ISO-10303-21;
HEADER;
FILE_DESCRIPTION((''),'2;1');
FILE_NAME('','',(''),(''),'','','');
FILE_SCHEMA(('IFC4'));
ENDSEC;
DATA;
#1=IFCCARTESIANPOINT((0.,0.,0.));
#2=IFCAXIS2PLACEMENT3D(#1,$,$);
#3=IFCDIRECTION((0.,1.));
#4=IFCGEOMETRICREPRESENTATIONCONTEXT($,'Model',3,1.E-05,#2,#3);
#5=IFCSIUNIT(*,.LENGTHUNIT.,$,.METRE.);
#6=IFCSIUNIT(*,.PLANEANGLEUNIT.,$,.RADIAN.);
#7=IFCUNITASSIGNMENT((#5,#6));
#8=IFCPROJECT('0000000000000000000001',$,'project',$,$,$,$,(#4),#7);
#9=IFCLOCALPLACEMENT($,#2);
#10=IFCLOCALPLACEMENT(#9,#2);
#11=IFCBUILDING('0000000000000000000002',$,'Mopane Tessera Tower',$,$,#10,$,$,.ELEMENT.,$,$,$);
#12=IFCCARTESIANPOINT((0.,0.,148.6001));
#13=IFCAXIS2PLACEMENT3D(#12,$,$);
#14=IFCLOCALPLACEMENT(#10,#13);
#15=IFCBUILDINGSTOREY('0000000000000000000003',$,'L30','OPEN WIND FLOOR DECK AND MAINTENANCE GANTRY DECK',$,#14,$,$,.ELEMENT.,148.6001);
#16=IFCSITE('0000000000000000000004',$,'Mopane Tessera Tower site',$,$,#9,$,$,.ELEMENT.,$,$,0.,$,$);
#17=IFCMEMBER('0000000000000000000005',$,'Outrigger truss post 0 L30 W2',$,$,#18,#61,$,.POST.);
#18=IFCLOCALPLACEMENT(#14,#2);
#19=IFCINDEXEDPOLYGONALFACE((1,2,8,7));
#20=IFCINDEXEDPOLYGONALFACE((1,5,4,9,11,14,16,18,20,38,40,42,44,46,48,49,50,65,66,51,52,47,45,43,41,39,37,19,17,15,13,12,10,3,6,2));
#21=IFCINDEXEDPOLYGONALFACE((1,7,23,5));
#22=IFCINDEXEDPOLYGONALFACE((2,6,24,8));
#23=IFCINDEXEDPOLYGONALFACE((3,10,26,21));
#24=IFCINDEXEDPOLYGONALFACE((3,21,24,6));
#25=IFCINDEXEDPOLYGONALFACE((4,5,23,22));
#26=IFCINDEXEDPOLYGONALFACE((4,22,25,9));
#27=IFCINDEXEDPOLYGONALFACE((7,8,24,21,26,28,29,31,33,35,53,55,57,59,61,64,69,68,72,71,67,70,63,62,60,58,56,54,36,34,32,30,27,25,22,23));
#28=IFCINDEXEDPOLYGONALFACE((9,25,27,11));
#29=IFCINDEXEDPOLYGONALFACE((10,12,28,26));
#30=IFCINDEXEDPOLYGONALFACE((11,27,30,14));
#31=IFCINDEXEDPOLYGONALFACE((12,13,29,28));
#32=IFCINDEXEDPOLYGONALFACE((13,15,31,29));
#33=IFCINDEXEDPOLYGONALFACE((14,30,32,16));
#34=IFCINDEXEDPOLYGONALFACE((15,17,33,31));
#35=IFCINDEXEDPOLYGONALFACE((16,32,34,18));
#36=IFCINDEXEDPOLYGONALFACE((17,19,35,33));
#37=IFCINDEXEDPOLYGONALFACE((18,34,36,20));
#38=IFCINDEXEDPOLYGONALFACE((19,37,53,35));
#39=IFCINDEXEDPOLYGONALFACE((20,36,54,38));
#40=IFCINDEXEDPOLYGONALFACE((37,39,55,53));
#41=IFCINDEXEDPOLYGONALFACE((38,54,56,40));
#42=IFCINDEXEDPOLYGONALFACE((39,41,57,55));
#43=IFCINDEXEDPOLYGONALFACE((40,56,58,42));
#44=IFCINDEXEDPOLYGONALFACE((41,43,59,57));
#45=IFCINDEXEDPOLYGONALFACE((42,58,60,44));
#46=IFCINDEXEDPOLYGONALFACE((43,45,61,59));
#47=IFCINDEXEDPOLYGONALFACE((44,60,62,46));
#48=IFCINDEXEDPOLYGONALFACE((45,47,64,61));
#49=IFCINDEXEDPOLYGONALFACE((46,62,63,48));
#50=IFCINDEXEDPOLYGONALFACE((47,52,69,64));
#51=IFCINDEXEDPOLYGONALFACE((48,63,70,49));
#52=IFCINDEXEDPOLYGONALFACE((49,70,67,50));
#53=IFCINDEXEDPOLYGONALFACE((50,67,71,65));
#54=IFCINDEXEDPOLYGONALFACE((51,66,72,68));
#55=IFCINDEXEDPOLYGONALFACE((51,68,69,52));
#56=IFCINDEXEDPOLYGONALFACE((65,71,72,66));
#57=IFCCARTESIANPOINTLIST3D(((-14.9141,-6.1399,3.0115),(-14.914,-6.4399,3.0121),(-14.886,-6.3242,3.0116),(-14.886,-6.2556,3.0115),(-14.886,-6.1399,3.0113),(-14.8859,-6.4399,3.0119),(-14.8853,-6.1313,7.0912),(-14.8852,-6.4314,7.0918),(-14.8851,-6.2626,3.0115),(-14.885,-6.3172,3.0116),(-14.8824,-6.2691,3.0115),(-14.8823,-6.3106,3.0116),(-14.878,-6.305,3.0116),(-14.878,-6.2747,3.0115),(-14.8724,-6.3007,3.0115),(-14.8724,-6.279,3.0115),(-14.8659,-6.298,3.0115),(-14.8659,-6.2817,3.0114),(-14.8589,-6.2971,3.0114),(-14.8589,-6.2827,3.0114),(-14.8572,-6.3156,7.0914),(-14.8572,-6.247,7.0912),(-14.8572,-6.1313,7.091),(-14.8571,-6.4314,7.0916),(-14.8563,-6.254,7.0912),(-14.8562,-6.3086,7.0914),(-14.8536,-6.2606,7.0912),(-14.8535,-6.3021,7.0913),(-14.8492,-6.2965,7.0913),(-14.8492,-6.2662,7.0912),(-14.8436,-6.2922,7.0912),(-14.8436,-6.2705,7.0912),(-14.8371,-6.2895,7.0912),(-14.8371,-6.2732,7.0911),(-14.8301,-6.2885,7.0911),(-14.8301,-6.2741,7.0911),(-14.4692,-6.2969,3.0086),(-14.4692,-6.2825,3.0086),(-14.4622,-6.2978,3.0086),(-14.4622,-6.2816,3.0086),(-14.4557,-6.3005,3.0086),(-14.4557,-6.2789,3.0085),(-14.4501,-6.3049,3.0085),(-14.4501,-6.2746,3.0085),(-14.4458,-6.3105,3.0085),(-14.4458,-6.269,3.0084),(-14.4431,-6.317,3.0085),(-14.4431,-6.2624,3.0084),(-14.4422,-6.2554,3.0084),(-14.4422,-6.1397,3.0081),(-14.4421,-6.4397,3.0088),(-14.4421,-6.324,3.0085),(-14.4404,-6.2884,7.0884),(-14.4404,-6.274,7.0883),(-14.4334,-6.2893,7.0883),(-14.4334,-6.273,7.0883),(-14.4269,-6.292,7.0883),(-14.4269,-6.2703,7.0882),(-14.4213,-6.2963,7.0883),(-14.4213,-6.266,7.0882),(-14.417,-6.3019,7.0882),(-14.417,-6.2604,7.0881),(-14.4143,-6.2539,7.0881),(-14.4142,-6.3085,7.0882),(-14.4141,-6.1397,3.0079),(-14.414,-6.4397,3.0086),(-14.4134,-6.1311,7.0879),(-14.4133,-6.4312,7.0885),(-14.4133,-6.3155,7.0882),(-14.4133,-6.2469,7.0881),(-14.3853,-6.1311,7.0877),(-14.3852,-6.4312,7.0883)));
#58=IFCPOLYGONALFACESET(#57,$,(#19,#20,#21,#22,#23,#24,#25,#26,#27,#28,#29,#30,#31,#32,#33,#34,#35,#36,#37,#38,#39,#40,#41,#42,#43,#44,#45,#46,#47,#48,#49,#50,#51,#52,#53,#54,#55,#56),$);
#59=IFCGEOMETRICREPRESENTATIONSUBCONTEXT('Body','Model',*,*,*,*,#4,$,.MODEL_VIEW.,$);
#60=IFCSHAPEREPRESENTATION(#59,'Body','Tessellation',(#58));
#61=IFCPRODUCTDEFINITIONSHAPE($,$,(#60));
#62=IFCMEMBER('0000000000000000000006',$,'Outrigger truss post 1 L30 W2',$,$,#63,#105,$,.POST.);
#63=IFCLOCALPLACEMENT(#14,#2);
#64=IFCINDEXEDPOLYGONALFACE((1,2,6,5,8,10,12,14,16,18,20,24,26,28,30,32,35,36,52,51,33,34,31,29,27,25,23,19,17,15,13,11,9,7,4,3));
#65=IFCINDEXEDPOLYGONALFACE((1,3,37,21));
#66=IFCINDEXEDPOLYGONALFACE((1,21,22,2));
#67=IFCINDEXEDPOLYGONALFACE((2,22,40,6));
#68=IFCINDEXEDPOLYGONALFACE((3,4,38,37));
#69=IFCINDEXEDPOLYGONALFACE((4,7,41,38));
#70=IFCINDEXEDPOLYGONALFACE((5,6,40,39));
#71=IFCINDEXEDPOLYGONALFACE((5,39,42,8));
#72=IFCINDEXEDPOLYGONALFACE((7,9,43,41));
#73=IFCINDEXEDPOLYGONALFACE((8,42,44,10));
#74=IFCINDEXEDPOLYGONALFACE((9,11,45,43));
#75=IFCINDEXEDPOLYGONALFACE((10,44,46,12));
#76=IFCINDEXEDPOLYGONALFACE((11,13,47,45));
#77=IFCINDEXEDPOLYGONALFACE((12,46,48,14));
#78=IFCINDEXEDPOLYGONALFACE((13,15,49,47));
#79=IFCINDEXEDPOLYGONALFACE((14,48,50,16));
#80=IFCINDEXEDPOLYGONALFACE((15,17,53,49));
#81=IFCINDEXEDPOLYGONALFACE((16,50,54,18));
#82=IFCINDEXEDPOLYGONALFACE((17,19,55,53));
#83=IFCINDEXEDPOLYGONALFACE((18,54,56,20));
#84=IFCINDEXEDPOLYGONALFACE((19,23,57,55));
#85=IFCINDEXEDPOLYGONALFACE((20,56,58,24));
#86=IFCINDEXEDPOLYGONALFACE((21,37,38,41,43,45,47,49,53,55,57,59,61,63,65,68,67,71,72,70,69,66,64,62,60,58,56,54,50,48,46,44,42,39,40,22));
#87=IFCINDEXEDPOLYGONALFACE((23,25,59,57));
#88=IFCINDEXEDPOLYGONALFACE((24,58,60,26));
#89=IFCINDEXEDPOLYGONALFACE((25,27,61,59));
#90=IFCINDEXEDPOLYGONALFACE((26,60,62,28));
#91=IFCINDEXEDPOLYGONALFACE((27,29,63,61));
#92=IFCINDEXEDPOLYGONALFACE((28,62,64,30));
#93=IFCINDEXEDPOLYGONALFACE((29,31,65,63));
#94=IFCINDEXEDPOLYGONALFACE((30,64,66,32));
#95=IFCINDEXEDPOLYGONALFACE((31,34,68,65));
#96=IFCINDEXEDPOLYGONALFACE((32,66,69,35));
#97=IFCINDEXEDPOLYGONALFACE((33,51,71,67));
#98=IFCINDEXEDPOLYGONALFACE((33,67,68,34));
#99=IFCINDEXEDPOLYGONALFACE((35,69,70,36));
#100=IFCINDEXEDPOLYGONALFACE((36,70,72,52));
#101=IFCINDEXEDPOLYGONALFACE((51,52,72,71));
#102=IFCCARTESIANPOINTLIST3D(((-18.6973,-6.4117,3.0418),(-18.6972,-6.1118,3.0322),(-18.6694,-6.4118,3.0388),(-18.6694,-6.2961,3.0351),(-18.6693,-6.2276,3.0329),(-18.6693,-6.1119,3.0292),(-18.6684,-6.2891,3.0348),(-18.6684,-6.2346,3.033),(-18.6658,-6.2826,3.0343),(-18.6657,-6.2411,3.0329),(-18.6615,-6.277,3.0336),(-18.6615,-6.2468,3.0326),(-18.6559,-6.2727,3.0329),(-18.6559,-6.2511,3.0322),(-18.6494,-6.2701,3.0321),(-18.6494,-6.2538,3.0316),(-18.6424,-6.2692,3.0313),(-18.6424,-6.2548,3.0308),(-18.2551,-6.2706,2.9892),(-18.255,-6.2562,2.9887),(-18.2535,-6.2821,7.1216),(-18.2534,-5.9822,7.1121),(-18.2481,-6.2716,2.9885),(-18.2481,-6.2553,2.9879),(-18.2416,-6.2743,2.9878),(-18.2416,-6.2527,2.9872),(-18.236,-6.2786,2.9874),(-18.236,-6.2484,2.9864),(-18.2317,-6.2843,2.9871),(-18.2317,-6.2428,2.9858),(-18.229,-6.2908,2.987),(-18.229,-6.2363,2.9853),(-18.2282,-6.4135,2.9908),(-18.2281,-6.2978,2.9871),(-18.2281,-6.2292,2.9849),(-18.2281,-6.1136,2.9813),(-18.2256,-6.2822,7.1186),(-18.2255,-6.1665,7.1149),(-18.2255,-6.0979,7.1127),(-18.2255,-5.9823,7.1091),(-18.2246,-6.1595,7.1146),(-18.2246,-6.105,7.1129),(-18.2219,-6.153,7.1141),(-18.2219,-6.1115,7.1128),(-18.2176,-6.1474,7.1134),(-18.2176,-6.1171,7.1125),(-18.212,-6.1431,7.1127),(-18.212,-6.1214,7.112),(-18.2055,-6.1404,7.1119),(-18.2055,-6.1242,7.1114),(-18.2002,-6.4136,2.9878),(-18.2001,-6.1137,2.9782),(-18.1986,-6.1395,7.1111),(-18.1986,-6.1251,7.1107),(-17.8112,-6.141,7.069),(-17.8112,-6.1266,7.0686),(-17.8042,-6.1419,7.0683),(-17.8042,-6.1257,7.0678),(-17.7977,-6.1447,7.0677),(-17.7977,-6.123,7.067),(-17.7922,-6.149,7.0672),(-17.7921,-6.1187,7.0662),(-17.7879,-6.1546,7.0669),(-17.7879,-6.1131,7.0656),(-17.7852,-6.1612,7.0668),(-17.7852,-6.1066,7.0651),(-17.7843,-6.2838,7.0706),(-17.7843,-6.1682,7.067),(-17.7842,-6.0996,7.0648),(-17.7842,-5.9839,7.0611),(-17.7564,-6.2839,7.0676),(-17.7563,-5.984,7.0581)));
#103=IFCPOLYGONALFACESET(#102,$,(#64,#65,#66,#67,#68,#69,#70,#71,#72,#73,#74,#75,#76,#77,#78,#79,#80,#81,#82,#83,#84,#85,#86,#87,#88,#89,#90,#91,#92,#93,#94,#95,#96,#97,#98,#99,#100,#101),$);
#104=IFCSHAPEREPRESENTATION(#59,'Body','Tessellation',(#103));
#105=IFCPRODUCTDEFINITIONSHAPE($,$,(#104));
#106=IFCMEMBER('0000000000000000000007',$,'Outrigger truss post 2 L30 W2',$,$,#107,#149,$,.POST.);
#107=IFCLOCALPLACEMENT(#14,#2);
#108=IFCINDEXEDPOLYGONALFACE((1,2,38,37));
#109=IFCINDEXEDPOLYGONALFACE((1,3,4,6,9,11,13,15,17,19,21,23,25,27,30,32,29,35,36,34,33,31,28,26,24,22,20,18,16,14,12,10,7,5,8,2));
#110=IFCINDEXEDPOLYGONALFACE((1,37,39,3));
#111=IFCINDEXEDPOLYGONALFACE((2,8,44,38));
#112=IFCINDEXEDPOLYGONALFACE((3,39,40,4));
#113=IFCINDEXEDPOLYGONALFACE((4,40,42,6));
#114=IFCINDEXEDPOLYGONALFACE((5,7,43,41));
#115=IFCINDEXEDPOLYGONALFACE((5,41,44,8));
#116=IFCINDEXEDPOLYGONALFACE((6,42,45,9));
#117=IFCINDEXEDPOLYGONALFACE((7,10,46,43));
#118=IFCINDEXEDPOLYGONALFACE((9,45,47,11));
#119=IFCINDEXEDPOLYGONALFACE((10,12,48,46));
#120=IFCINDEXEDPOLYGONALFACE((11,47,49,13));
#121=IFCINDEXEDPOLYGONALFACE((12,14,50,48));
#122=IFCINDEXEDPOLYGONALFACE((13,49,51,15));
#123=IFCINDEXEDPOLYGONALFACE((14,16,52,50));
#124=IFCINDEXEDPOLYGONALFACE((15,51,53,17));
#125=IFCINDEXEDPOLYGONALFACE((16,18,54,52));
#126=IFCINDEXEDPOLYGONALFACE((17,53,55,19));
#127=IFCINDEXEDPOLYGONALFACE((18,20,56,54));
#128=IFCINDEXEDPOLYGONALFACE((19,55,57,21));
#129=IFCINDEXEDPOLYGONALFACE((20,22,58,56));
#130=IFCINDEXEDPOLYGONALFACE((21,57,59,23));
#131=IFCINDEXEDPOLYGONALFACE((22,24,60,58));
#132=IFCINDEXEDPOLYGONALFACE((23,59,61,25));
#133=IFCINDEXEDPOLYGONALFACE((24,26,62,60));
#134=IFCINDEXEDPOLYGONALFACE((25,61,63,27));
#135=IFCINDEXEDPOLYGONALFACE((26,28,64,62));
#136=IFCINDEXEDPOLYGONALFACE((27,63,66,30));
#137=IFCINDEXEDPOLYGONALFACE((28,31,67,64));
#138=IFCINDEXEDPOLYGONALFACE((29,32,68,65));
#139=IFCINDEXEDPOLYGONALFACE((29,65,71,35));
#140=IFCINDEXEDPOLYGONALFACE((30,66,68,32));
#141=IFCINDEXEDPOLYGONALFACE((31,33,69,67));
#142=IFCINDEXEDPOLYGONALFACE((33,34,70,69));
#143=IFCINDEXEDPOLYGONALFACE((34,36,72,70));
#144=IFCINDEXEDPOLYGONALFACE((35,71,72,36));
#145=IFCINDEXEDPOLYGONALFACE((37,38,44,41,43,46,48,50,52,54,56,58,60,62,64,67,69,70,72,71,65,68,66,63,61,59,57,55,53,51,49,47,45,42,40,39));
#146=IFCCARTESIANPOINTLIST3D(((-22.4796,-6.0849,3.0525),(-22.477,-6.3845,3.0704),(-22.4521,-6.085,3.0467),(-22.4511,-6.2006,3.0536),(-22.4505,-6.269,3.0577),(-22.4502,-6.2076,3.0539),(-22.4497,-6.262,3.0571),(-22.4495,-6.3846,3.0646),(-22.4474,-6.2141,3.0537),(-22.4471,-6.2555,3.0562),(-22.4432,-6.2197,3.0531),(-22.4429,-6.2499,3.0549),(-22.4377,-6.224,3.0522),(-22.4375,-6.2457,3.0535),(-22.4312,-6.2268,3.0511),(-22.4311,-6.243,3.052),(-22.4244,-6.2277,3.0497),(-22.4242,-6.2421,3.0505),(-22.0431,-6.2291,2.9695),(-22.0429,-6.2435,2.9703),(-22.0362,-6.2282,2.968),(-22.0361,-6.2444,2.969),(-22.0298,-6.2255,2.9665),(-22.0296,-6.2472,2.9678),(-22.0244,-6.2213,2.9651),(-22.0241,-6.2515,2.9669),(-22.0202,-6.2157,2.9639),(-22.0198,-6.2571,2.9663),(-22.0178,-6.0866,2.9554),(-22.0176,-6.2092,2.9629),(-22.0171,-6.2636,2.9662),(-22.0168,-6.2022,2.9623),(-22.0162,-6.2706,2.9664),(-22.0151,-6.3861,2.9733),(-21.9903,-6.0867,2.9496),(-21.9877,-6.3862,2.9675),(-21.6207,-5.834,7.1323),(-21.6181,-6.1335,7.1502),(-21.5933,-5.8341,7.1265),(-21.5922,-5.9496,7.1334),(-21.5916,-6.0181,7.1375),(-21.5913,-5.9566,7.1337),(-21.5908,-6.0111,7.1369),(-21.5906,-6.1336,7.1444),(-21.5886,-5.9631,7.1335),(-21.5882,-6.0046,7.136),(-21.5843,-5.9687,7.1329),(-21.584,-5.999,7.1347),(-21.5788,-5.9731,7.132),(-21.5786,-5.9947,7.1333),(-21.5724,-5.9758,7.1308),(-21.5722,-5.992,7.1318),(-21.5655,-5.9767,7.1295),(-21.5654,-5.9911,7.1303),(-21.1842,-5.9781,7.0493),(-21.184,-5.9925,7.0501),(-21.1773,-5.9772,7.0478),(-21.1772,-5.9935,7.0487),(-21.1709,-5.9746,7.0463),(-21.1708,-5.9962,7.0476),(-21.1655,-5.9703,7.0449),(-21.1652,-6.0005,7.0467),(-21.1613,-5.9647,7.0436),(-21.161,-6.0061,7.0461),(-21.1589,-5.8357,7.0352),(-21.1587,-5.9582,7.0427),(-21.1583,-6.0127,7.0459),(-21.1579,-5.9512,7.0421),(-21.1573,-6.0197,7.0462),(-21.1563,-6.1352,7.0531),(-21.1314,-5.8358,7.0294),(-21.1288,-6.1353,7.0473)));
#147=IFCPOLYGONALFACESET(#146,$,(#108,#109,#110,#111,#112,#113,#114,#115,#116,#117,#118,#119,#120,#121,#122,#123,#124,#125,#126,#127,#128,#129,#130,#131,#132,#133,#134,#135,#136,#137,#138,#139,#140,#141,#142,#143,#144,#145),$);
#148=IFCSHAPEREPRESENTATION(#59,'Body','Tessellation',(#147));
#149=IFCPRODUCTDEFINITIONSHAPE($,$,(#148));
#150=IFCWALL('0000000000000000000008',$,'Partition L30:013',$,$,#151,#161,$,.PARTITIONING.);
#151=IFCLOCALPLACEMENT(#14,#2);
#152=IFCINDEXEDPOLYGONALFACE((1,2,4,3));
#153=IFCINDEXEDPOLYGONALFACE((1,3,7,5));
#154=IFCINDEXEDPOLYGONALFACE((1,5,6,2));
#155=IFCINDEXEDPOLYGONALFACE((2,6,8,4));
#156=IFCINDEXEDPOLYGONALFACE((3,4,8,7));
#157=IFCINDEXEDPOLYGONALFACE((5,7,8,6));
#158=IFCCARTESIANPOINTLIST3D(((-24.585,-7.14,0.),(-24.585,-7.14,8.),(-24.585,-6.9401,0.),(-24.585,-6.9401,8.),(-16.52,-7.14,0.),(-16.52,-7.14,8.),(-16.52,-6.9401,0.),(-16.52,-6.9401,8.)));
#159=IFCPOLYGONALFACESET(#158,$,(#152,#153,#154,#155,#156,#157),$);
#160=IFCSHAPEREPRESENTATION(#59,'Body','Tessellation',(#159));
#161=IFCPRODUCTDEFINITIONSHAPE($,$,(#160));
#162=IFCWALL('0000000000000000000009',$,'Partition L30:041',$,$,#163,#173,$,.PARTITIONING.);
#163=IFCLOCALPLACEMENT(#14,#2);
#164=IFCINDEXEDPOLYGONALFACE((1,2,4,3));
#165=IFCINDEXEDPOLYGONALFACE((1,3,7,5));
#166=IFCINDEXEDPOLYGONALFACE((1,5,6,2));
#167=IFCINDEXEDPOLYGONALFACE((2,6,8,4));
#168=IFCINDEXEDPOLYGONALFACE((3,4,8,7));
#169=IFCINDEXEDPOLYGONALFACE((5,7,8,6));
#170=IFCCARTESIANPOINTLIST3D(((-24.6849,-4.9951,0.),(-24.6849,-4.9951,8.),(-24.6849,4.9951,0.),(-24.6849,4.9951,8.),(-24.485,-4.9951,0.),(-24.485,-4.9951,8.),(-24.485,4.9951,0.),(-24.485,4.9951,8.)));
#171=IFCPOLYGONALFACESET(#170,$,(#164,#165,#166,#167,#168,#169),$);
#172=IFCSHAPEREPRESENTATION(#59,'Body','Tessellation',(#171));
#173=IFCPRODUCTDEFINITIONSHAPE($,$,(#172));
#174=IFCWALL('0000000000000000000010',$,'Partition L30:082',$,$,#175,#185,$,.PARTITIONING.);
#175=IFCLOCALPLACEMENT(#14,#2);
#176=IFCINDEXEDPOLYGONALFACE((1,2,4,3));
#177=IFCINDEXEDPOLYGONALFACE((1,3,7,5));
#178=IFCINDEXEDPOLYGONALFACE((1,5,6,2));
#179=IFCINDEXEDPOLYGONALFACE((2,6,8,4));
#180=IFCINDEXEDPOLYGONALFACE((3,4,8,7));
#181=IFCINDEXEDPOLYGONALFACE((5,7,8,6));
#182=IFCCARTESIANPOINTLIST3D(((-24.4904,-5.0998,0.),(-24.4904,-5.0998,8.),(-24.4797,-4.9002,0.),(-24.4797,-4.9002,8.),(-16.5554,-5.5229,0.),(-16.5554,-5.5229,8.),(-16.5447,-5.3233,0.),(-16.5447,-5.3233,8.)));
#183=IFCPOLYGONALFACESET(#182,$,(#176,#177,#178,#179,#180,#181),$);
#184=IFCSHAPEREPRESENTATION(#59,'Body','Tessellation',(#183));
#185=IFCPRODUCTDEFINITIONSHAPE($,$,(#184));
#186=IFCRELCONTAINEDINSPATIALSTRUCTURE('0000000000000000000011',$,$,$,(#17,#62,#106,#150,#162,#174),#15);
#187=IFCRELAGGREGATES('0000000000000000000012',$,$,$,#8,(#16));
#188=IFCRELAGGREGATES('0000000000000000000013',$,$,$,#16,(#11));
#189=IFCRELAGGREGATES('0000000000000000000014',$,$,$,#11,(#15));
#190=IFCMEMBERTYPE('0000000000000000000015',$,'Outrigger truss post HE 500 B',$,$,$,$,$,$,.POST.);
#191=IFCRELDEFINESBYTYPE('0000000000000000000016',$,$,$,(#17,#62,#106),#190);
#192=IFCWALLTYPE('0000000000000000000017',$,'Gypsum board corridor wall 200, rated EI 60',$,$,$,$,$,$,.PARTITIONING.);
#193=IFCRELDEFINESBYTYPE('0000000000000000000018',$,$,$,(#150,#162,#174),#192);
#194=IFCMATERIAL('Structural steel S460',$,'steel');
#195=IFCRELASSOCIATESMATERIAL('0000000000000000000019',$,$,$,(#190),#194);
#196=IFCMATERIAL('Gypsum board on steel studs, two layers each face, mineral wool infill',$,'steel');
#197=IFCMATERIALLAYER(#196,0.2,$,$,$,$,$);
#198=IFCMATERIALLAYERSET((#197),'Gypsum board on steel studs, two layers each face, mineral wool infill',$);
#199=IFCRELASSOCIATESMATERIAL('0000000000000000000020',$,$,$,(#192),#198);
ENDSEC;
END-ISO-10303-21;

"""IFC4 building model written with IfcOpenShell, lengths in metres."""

from ifc_helpers import new_model, si_unit, direction, frame, frame_2d, origin, origin_2d, place, context, subcontext, project, spatial, rectangle, i_section, extrude, material, layer, layer_set, material_profile, profile_set, type_object, element, save


model = new_model("IFC4")

# Units and contexts
model_context = context("Model", 3, precision=1e-05, world=origin(), true_north=direction((0.0, 1.0)))
body_context = subcontext(model_context, "Body", "Model", "MODEL_VIEW")
ifc_project = project(units=[si_unit("LENGTHUNIT", "METRE"), si_unit("PLANEANGLEUNIT", "RADIAN")], contexts=[model_context])

# Site, building, storey
site_placement = place(None, origin())
site = spatial("IfcSite", under=ifc_project, at=site_placement, Name="Mopane Tessera Tower site", CompositionType="ELEMENT", RefElevation=0.0)
building_placement = place(site_placement, origin())
building = spatial("IfcBuilding", under=site, at=building_placement, Name="Mopane Tessera Tower", CompositionType="ELEMENT")
storey_placement = place(building_placement, frame((0.0, 0.0, 148.6001)))
storey = spatial("IfcBuildingStorey", under=building, at=storey_placement, Name="L30", Description="OPEN WIND FLOOR DECK AND MAINTENANCE GANTRY DECK", CompositionType="ELEMENT", Elevation=148.6001)

# Members
ifc_material_1 = material(Name="Structural steel S460", Category="steel")
ifc_material_profile_1 = material_profile(ifc_material_1, i_section(OverallWidth=0.3, OverallDepth=0.5, WebThickness=0.0144, FlangeThickness=0.0281, FilletRadius=0.0271, at=origin_2d()))
ifc_profile_set_1 = profile_set([ifc_material_profile_1], Name="Structural steel S460")
member_type_1 = type_object("IfcMemberType", Name="Outrigger truss post HE 500 B", PredefinedType="POST", material=ifc_profile_set_1)
member_1_placement = place(storey_placement, frame((-14.6641, -6.2898, 3.01), z_axis=(0.007061, 0.002094, 0.999973), x_axis=(0.000396, -0.999998, 0.002092)))
element("IfcMember", 1, at=member_1_placement, inside=storey, type_object=member_type_1, Name="Outrigger truss post 0 L30 W2", PredefinedType="POST", context=body_context, shape_type="SweptSolid", body=[
    extrude(i_section(OverallWidth=0.3, OverallDepth=0.5, WebThickness=0.0144, FlangeThickness=0.0281, FilletRadius=0.0271, at=origin_2d()), origin(), (0.0, 0.0, 1.0), 4.0798),
])
member_2_placement = place(storey_placement, frame((-18.4487, -6.2627, 3.01), z_axis=(0.108099, 0.031573, 0.993639), x_axis=(-0.000332, -0.999494, 0.031795)))
element("IfcMember", 2, at=member_2_placement, inside=storey, type_object=member_type_1, Name="Outrigger truss post 1 L30 W2", PredefinedType="POST", context=body_context, shape_type="SweptSolid", body=[
    extrude(i_section(OverallWidth=0.3, OverallDepth=0.5, WebThickness=0.0144, FlangeThickness=0.0281, FilletRadius=0.0271, at=origin_2d()), origin(), (0.0, 0.0, 1.0), 4.106),
])
member_3_placement = place(storey_placement, frame((-22.2336, -6.2356, 3.01), z_axis=(0.205632, 0.060088, 0.976783), x_axis=(0.008858, -0.998187, 0.05954)))
element("IfcMember", 3, at=member_3_placement, inside=storey, type_object=member_type_1, Name="Outrigger truss post 2 L30 W2", PredefinedType="POST", context=body_context, shape_type="SweptSolid", body=[
    extrude(i_section(OverallWidth=0.3, OverallDepth=0.5, WebThickness=0.0144, FlangeThickness=0.0281, FilletRadius=0.0271, at=origin_2d()), origin(), (0.0, 0.0, 1.0), 4.1768),
])

# Walls
ifc_material_2 = material(Name="Gypsum board on steel studs, two layers each face, mineral wool infill", Category="steel")
ifc_layer_1 = layer(ifc_material_2, 0.2)
ifc_layer_set_1 = layer_set([ifc_layer_1], Name="Gypsum board on steel studs, two layers each face, mineral wool infill")
wall_type = type_object("IfcWallType", Name="Gypsum board corridor wall 200, rated EI 60", PredefinedType="PARTITIONING", material=ifc_layer_set_1)
wall_1_placement = place(storey_placement, frame((-24.585, -7.04, 0.0), z_axis=(0.0, 0.0, 1.0), x_axis=(1.0, 0.0, 0.0)))
element("IfcWall", 4, at=wall_1_placement, inside=storey, type_object=wall_type, Name="Partition L30:013", PredefinedType="PARTITIONING", context=body_context, shape_type="SweptSolid", body=[
    extrude(rectangle(XDim=8.0649, YDim=0.2, at=frame_2d((4.0325, 0.0))), origin(), (0.0, 0.0, 1.0), 8.0),
])
wall_2_placement = place(storey_placement, frame((-24.585, -4.9951, 0.0), z_axis=(0.0, 0.0, 1.0), x_axis=(0.0, 1.0, 0.0)))
element("IfcWall", 5, at=wall_2_placement, inside=storey, type_object=wall_type, Name="Partition L30:041", PredefinedType="PARTITIONING", context=body_context, shape_type="SweptSolid", body=[
    extrude(rectangle(XDim=9.9902, YDim=0.2, at=frame_2d((4.9951, 0.0))), origin(), (0.0, 0.0, 1.0), 8.0),
])
wall_3_placement = place(storey_placement, frame((-16.55, -5.4231, 0.0), z_axis=(0.0, 0.0, 1.0), x_axis=(-0.998582, 0.053244, 0.0)))
element("IfcWall", 6, at=wall_3_placement, inside=storey, type_object=wall_type, Name="Partition L30:082", PredefinedType="PARTITIONING", context=body_context, shape_type="SweptSolid", body=[
    extrude(rectangle(XDim=7.9463, YDim=0.2, at=frame_2d((3.9731, 0.0))), origin(), (0.0, 0.0, 1.0), 8.0),
])

save(model, "model.ifc")
